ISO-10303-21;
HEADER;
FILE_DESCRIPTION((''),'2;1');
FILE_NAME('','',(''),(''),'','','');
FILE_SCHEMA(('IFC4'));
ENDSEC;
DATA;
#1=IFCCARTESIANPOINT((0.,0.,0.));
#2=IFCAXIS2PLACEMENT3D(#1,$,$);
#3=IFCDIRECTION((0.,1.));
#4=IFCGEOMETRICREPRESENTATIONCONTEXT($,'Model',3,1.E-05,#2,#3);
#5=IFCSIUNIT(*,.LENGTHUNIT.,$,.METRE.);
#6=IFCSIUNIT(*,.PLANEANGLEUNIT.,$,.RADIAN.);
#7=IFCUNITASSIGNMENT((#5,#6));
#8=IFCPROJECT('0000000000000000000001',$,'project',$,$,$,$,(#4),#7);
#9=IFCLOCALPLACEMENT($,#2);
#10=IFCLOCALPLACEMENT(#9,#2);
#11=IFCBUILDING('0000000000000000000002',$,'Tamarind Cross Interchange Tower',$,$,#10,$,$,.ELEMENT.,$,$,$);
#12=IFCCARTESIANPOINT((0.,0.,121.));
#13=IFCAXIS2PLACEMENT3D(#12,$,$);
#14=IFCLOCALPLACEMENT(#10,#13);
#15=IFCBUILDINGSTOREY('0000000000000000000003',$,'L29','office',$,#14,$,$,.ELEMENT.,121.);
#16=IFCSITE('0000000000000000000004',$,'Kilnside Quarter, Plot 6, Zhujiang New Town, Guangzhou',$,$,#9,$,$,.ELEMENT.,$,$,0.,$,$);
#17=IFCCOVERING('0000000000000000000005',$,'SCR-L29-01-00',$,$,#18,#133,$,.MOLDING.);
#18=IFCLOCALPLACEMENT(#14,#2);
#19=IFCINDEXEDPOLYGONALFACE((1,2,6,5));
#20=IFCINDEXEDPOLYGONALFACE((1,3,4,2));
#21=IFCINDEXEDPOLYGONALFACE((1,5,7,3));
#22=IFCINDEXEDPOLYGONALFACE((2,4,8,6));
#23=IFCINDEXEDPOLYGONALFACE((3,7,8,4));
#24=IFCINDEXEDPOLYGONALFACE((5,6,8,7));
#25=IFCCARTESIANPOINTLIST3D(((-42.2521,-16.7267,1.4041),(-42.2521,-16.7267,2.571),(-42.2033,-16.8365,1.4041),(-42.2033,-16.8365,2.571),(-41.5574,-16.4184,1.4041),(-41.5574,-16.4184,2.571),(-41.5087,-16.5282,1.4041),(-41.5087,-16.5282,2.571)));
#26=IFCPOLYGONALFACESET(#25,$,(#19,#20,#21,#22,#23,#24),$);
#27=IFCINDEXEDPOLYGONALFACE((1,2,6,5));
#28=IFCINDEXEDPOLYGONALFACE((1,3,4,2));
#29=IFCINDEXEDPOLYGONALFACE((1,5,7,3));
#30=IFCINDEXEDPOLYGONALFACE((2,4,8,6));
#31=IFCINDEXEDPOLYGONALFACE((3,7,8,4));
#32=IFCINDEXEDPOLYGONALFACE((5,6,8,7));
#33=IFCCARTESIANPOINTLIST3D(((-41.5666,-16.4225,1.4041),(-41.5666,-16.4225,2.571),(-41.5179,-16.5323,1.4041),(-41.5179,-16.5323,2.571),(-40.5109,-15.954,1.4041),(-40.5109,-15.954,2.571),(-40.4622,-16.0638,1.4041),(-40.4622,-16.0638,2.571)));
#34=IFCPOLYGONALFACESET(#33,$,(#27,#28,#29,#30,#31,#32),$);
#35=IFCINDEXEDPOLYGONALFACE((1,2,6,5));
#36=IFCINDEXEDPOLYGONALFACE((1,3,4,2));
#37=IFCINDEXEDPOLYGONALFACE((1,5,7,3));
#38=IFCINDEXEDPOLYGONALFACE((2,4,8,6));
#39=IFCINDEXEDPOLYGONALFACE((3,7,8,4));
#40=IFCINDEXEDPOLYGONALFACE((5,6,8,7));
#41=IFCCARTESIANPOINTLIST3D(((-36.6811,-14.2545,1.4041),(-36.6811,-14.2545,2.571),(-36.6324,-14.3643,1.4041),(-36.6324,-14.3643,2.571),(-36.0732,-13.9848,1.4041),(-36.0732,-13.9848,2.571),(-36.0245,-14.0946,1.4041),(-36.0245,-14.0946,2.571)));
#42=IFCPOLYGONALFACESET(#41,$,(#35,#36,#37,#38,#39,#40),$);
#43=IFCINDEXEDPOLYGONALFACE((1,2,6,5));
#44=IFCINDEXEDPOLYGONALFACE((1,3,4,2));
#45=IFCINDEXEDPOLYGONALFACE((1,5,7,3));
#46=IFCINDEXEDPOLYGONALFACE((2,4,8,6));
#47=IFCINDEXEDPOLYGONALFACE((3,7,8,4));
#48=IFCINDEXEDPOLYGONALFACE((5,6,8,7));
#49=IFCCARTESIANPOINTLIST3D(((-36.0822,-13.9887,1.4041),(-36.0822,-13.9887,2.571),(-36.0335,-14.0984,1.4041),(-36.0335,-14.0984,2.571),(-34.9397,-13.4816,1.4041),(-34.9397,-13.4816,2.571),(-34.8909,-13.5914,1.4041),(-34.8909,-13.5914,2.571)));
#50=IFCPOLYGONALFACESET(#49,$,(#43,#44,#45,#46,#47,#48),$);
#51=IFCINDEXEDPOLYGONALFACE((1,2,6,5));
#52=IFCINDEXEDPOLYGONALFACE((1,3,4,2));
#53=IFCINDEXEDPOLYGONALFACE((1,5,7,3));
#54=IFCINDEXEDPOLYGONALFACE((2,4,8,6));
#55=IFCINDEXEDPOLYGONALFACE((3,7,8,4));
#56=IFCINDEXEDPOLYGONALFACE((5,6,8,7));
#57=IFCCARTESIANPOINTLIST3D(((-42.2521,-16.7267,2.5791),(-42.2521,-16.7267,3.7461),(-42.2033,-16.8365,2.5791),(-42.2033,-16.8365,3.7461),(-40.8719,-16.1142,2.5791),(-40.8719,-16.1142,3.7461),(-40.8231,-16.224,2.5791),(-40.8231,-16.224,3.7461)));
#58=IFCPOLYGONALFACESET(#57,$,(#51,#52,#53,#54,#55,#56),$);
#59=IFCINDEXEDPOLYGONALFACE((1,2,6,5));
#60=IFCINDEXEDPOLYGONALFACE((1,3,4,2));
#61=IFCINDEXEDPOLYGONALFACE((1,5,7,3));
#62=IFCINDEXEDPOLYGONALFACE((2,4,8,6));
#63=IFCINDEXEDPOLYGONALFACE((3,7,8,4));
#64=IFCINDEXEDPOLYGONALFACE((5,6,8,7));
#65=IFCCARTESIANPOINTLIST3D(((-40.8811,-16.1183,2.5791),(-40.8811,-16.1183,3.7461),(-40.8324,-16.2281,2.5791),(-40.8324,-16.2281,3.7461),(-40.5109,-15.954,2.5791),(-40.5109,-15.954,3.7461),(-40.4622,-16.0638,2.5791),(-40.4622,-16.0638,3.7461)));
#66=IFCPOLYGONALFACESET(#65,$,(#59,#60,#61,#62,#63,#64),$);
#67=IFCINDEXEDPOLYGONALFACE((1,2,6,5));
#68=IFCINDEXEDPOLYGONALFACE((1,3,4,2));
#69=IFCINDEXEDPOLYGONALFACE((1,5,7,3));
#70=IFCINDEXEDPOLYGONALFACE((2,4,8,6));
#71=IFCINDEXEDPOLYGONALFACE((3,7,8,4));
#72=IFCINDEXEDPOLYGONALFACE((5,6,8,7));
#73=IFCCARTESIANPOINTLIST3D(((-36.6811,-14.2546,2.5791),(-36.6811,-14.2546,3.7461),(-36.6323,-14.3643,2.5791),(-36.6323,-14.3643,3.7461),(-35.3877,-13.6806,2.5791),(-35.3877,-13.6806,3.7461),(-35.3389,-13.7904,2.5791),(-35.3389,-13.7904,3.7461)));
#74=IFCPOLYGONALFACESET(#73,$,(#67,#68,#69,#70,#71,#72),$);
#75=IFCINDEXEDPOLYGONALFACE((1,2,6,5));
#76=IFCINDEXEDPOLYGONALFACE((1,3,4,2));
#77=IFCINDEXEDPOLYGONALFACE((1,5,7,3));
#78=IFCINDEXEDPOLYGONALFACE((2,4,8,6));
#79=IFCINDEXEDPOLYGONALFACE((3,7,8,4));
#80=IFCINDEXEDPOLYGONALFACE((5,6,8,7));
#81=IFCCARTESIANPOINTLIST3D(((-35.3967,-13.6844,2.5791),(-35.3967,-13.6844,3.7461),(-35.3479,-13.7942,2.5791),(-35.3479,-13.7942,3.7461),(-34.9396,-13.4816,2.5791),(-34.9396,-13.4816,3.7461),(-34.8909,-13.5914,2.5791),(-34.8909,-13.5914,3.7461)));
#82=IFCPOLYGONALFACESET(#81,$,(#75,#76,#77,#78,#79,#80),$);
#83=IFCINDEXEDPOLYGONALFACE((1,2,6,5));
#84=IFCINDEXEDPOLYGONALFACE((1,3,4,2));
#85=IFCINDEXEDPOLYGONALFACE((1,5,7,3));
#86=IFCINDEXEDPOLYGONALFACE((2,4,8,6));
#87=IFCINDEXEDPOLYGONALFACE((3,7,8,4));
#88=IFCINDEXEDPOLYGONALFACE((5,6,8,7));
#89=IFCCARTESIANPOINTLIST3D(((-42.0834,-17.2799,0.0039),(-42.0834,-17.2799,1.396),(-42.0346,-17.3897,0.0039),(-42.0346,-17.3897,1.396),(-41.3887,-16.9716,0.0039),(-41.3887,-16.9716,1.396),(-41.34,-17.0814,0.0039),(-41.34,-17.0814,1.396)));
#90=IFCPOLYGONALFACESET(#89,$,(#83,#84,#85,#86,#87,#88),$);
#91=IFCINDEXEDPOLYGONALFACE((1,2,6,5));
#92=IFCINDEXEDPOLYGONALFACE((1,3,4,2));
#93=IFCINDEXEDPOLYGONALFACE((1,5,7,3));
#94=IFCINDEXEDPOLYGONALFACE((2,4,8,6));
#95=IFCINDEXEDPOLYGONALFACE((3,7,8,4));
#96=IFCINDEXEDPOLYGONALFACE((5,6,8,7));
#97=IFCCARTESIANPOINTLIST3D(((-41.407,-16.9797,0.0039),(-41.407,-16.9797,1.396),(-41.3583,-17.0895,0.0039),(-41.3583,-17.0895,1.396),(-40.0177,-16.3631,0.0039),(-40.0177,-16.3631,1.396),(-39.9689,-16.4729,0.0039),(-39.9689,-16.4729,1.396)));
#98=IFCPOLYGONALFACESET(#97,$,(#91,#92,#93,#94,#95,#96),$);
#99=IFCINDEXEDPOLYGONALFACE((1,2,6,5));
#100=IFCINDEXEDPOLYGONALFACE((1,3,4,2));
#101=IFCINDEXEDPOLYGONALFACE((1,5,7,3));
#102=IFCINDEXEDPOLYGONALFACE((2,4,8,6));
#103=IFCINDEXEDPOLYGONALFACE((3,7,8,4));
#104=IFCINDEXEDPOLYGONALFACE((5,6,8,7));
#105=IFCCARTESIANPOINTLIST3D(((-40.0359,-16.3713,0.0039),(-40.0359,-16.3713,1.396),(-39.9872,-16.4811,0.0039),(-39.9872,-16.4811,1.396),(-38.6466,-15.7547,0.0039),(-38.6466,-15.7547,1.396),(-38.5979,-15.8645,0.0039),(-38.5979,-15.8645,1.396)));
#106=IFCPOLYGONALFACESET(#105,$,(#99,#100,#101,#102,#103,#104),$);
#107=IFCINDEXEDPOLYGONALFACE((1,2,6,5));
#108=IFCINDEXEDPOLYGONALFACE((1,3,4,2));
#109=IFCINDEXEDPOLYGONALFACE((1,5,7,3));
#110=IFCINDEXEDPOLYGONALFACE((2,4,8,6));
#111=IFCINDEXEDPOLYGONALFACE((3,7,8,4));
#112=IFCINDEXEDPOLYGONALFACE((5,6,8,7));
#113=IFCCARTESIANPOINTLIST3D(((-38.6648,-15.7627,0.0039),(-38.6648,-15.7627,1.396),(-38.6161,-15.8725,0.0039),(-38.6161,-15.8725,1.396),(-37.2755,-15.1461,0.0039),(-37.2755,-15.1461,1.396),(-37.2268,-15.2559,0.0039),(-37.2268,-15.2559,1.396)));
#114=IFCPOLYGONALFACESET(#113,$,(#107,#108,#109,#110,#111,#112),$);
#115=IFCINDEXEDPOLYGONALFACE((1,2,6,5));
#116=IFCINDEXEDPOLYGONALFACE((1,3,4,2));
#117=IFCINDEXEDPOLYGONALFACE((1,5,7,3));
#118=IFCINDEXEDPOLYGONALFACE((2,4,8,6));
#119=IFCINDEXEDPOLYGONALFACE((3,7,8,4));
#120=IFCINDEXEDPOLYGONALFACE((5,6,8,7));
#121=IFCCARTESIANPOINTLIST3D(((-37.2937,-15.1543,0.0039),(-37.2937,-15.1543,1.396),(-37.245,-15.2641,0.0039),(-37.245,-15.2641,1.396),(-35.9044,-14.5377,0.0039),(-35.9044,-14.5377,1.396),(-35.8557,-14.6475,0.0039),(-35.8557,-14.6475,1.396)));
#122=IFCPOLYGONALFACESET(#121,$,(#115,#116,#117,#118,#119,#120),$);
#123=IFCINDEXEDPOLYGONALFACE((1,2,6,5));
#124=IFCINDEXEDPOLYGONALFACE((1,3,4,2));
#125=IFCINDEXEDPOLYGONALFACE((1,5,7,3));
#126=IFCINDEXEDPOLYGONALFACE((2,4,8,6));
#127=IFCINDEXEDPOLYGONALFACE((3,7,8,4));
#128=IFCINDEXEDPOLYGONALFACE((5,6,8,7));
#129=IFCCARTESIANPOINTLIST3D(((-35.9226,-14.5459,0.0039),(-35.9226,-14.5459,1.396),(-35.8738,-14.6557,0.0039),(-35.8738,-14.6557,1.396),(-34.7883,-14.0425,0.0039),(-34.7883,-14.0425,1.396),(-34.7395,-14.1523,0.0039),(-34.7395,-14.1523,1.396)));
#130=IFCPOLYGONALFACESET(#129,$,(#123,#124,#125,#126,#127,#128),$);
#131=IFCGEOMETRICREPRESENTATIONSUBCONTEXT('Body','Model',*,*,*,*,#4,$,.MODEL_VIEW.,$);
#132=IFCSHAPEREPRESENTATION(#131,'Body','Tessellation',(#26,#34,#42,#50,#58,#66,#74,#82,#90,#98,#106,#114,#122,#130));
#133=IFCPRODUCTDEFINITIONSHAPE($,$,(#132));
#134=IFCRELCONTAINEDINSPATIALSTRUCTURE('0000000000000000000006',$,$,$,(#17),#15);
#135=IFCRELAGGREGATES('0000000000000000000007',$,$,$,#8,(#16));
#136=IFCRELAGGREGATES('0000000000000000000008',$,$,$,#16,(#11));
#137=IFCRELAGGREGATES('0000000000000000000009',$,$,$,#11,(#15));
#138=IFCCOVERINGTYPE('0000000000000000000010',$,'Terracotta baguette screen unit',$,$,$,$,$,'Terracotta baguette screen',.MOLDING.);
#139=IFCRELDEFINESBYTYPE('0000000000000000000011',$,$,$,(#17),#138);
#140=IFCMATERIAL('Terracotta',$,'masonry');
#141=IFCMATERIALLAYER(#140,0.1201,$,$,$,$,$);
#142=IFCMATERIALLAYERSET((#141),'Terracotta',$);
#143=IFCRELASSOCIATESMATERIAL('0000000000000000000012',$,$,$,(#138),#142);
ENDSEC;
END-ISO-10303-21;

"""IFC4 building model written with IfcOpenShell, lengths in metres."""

from ifc_helpers import new_model, si_unit, direction, frame, origin, origin_2d, place, context, subcontext, project, spatial, rectangle, extrude, material, layer, layer_set, type_object, element, save


model = new_model("IFC4")

# Units and contexts
model_context = context("Model", 3, precision=1e-05, world=origin(), true_north=direction((0.0, 1.0)))
body_context = subcontext(model_context, "Body", "Model", "MODEL_VIEW")
ifc_project = project(units=[si_unit("LENGTHUNIT", "METRE"), si_unit("PLANEANGLEUNIT", "RADIAN")], contexts=[model_context])

# Site, building, storey
site_placement = place(None, origin())
site = spatial("IfcSite", under=ifc_project, at=site_placement, Name="Kilnside Quarter, Plot 6, Zhujiang New Town, Guangzhou", CompositionType="ELEMENT", RefElevation=0.0)
building_placement = place(site_placement, origin())
building = spatial("IfcBuilding", under=site, at=building_placement, Name="Tamarind Cross Interchange Tower", CompositionType="ELEMENT")
storey_placement = place(building_placement, frame((0.0, 0.0, 121.0)))
storey = spatial("IfcBuildingStorey", under=building, at=storey_placement, Name="L29", Description="office", CompositionType="ELEMENT", Elevation=121.0)

# Covering
ifc_material_1 = material(Name="Terracotta", Category="masonry")
ifc_layer_1 = layer(ifc_material_1, 0.1201)
ifc_layer_set_1 = layer_set([ifc_layer_1], Name="Terracotta")
covering_type = type_object("IfcCoveringType", Name="Terracotta baguette screen unit", ElementType="Terracotta baguette screen", PredefinedType="MOLDING", material=ifc_layer_set_1)
covering_1_placement = place(storey_placement, origin())
element("IfcCovering", 1, at=covering_1_placement, inside=storey, type_object=covering_type, Name="SCR-L29-01-00", PredefinedType="MOLDING", context=body_context, shape_type="SweptSolid", body=[
    extrude(rectangle(XDim=0.76, YDim=0.1201, at=origin_2d()), frame((-41.8804, -16.6274, 1.4041), z_axis=(0.0, 0.0, 1.0), x_axis=(0.91404, 0.405624, 0.0)), (0.0, 0.0, 1.0), 1.167),
    extrude(rectangle(XDim=1.155, YDim=0.1201, at=origin_2d()), frame((-41.0144, -16.2432, 1.4041), z_axis=(0.0, 0.0, 1.0), x_axis=(0.91404, 0.405624, 0.0)), (0.0, 0.0, 1.0), 1.167),
    extrude(rectangle(XDim=0.665, YDim=0.1201, at=origin_2d()), frame((-36.3528, -14.1746, 1.4041), z_axis=(0.0, 0.0, 1.0), x_axis=(0.91404, 0.405624, 0.0)), (0.0, 0.0, 1.0), 1.167),
    extrude(rectangle(XDim=1.25, YDim=0.1201, at=origin_2d()), frame((-35.4866, -13.79, 1.4041), z_axis=(0.0, 0.0, 1.0), x_axis=(0.91404, 0.405624, 0.0)), (0.0, 0.0, 1.0), 1.167),
    extrude(rectangle(XDim=1.51, YDim=0.1201, at=origin_2d()), frame((-41.5376, -16.4753, 2.5791), z_axis=(0.0, 0.0, 1.0), x_axis=(0.91404, 0.405624, 0.0)), (0.0, 0.0, 1.0), 1.167),
    extrude(rectangle(XDim=0.405, YDim=0.1201, at=origin_2d()), frame((-40.6716, -16.0911, 2.5791), z_axis=(0.0, 0.0, 1.0), x_axis=(0.91404, 0.405624, 0.0)), (0.0, 0.0, 1.0), 1.167),
    extrude(rectangle(XDim=1.415, YDim=0.1201, at=origin_2d()), frame((-36.01, -14.0225, 2.5791), z_axis=(0.0, 0.0, 1.0), x_axis=(0.91404, 0.405624, 0.0)), (0.0, 0.0, 1.0), 1.167),
    extrude(rectangle(XDim=0.5, YDim=0.1201, at=origin_2d()), frame((-35.1438, -13.6379, 2.5791), z_axis=(0.0, 0.0, 1.0), x_axis=(0.91404, 0.405624, 0.0)), (0.0, 0.0, 1.0), 1.167),
    extrude(rectangle(XDim=0.76, YDim=0.1201, at=origin_2d()), frame((-41.7117, -17.1807, 0.0039), z_axis=(0.0, 0.0, 1.0), x_axis=(0.91404, 0.405624, 0.0)), (0.0, 0.0, 1.0), 1.3921),
    extrude(rectangle(XDim=1.52, YDim=0.1201, at=origin_2d()), frame((-40.688, -16.7263, 0.0039), z_axis=(0.0, 0.0, 1.0), x_axis=(0.91404, 0.405624, 0.0)), (0.0, 0.0, 1.0), 1.3921),
    extrude(rectangle(XDim=1.52, YDim=0.1201, at=origin_2d()), frame((-39.3169, -16.1179, 0.0039), z_axis=(0.0, 0.0, 1.0), x_axis=(0.91404, 0.405624, 0.0)), (0.0, 0.0, 1.0), 1.3921),
    extrude(rectangle(XDim=1.52, YDim=0.1201, at=origin_2d()), frame((-37.9458, -15.5093, 0.0039), z_axis=(0.0, 0.0, 1.0), x_axis=(0.91404, 0.405624, 0.0)), (0.0, 0.0, 1.0), 1.3921),
    extrude(rectangle(XDim=1.52, YDim=0.1201, at=origin_2d()), frame((-36.5747, -14.9009, 0.0039), z_axis=(0.0, 0.0, 1.0), x_axis=(0.91404, 0.405624, 0.0)), (0.0, 0.0, 1.0), 1.3921),
    extrude(rectangle(XDim=1.241, YDim=0.1201, at=origin_2d()), frame((-35.3311, -14.3491, 0.0039), z_axis=(0.0, 0.0, 1.0), x_axis=(0.91404, 0.405624, 0.0)), (0.0, 0.0, 1.0), 1.3921),
])

save(model, "model.ifc")
